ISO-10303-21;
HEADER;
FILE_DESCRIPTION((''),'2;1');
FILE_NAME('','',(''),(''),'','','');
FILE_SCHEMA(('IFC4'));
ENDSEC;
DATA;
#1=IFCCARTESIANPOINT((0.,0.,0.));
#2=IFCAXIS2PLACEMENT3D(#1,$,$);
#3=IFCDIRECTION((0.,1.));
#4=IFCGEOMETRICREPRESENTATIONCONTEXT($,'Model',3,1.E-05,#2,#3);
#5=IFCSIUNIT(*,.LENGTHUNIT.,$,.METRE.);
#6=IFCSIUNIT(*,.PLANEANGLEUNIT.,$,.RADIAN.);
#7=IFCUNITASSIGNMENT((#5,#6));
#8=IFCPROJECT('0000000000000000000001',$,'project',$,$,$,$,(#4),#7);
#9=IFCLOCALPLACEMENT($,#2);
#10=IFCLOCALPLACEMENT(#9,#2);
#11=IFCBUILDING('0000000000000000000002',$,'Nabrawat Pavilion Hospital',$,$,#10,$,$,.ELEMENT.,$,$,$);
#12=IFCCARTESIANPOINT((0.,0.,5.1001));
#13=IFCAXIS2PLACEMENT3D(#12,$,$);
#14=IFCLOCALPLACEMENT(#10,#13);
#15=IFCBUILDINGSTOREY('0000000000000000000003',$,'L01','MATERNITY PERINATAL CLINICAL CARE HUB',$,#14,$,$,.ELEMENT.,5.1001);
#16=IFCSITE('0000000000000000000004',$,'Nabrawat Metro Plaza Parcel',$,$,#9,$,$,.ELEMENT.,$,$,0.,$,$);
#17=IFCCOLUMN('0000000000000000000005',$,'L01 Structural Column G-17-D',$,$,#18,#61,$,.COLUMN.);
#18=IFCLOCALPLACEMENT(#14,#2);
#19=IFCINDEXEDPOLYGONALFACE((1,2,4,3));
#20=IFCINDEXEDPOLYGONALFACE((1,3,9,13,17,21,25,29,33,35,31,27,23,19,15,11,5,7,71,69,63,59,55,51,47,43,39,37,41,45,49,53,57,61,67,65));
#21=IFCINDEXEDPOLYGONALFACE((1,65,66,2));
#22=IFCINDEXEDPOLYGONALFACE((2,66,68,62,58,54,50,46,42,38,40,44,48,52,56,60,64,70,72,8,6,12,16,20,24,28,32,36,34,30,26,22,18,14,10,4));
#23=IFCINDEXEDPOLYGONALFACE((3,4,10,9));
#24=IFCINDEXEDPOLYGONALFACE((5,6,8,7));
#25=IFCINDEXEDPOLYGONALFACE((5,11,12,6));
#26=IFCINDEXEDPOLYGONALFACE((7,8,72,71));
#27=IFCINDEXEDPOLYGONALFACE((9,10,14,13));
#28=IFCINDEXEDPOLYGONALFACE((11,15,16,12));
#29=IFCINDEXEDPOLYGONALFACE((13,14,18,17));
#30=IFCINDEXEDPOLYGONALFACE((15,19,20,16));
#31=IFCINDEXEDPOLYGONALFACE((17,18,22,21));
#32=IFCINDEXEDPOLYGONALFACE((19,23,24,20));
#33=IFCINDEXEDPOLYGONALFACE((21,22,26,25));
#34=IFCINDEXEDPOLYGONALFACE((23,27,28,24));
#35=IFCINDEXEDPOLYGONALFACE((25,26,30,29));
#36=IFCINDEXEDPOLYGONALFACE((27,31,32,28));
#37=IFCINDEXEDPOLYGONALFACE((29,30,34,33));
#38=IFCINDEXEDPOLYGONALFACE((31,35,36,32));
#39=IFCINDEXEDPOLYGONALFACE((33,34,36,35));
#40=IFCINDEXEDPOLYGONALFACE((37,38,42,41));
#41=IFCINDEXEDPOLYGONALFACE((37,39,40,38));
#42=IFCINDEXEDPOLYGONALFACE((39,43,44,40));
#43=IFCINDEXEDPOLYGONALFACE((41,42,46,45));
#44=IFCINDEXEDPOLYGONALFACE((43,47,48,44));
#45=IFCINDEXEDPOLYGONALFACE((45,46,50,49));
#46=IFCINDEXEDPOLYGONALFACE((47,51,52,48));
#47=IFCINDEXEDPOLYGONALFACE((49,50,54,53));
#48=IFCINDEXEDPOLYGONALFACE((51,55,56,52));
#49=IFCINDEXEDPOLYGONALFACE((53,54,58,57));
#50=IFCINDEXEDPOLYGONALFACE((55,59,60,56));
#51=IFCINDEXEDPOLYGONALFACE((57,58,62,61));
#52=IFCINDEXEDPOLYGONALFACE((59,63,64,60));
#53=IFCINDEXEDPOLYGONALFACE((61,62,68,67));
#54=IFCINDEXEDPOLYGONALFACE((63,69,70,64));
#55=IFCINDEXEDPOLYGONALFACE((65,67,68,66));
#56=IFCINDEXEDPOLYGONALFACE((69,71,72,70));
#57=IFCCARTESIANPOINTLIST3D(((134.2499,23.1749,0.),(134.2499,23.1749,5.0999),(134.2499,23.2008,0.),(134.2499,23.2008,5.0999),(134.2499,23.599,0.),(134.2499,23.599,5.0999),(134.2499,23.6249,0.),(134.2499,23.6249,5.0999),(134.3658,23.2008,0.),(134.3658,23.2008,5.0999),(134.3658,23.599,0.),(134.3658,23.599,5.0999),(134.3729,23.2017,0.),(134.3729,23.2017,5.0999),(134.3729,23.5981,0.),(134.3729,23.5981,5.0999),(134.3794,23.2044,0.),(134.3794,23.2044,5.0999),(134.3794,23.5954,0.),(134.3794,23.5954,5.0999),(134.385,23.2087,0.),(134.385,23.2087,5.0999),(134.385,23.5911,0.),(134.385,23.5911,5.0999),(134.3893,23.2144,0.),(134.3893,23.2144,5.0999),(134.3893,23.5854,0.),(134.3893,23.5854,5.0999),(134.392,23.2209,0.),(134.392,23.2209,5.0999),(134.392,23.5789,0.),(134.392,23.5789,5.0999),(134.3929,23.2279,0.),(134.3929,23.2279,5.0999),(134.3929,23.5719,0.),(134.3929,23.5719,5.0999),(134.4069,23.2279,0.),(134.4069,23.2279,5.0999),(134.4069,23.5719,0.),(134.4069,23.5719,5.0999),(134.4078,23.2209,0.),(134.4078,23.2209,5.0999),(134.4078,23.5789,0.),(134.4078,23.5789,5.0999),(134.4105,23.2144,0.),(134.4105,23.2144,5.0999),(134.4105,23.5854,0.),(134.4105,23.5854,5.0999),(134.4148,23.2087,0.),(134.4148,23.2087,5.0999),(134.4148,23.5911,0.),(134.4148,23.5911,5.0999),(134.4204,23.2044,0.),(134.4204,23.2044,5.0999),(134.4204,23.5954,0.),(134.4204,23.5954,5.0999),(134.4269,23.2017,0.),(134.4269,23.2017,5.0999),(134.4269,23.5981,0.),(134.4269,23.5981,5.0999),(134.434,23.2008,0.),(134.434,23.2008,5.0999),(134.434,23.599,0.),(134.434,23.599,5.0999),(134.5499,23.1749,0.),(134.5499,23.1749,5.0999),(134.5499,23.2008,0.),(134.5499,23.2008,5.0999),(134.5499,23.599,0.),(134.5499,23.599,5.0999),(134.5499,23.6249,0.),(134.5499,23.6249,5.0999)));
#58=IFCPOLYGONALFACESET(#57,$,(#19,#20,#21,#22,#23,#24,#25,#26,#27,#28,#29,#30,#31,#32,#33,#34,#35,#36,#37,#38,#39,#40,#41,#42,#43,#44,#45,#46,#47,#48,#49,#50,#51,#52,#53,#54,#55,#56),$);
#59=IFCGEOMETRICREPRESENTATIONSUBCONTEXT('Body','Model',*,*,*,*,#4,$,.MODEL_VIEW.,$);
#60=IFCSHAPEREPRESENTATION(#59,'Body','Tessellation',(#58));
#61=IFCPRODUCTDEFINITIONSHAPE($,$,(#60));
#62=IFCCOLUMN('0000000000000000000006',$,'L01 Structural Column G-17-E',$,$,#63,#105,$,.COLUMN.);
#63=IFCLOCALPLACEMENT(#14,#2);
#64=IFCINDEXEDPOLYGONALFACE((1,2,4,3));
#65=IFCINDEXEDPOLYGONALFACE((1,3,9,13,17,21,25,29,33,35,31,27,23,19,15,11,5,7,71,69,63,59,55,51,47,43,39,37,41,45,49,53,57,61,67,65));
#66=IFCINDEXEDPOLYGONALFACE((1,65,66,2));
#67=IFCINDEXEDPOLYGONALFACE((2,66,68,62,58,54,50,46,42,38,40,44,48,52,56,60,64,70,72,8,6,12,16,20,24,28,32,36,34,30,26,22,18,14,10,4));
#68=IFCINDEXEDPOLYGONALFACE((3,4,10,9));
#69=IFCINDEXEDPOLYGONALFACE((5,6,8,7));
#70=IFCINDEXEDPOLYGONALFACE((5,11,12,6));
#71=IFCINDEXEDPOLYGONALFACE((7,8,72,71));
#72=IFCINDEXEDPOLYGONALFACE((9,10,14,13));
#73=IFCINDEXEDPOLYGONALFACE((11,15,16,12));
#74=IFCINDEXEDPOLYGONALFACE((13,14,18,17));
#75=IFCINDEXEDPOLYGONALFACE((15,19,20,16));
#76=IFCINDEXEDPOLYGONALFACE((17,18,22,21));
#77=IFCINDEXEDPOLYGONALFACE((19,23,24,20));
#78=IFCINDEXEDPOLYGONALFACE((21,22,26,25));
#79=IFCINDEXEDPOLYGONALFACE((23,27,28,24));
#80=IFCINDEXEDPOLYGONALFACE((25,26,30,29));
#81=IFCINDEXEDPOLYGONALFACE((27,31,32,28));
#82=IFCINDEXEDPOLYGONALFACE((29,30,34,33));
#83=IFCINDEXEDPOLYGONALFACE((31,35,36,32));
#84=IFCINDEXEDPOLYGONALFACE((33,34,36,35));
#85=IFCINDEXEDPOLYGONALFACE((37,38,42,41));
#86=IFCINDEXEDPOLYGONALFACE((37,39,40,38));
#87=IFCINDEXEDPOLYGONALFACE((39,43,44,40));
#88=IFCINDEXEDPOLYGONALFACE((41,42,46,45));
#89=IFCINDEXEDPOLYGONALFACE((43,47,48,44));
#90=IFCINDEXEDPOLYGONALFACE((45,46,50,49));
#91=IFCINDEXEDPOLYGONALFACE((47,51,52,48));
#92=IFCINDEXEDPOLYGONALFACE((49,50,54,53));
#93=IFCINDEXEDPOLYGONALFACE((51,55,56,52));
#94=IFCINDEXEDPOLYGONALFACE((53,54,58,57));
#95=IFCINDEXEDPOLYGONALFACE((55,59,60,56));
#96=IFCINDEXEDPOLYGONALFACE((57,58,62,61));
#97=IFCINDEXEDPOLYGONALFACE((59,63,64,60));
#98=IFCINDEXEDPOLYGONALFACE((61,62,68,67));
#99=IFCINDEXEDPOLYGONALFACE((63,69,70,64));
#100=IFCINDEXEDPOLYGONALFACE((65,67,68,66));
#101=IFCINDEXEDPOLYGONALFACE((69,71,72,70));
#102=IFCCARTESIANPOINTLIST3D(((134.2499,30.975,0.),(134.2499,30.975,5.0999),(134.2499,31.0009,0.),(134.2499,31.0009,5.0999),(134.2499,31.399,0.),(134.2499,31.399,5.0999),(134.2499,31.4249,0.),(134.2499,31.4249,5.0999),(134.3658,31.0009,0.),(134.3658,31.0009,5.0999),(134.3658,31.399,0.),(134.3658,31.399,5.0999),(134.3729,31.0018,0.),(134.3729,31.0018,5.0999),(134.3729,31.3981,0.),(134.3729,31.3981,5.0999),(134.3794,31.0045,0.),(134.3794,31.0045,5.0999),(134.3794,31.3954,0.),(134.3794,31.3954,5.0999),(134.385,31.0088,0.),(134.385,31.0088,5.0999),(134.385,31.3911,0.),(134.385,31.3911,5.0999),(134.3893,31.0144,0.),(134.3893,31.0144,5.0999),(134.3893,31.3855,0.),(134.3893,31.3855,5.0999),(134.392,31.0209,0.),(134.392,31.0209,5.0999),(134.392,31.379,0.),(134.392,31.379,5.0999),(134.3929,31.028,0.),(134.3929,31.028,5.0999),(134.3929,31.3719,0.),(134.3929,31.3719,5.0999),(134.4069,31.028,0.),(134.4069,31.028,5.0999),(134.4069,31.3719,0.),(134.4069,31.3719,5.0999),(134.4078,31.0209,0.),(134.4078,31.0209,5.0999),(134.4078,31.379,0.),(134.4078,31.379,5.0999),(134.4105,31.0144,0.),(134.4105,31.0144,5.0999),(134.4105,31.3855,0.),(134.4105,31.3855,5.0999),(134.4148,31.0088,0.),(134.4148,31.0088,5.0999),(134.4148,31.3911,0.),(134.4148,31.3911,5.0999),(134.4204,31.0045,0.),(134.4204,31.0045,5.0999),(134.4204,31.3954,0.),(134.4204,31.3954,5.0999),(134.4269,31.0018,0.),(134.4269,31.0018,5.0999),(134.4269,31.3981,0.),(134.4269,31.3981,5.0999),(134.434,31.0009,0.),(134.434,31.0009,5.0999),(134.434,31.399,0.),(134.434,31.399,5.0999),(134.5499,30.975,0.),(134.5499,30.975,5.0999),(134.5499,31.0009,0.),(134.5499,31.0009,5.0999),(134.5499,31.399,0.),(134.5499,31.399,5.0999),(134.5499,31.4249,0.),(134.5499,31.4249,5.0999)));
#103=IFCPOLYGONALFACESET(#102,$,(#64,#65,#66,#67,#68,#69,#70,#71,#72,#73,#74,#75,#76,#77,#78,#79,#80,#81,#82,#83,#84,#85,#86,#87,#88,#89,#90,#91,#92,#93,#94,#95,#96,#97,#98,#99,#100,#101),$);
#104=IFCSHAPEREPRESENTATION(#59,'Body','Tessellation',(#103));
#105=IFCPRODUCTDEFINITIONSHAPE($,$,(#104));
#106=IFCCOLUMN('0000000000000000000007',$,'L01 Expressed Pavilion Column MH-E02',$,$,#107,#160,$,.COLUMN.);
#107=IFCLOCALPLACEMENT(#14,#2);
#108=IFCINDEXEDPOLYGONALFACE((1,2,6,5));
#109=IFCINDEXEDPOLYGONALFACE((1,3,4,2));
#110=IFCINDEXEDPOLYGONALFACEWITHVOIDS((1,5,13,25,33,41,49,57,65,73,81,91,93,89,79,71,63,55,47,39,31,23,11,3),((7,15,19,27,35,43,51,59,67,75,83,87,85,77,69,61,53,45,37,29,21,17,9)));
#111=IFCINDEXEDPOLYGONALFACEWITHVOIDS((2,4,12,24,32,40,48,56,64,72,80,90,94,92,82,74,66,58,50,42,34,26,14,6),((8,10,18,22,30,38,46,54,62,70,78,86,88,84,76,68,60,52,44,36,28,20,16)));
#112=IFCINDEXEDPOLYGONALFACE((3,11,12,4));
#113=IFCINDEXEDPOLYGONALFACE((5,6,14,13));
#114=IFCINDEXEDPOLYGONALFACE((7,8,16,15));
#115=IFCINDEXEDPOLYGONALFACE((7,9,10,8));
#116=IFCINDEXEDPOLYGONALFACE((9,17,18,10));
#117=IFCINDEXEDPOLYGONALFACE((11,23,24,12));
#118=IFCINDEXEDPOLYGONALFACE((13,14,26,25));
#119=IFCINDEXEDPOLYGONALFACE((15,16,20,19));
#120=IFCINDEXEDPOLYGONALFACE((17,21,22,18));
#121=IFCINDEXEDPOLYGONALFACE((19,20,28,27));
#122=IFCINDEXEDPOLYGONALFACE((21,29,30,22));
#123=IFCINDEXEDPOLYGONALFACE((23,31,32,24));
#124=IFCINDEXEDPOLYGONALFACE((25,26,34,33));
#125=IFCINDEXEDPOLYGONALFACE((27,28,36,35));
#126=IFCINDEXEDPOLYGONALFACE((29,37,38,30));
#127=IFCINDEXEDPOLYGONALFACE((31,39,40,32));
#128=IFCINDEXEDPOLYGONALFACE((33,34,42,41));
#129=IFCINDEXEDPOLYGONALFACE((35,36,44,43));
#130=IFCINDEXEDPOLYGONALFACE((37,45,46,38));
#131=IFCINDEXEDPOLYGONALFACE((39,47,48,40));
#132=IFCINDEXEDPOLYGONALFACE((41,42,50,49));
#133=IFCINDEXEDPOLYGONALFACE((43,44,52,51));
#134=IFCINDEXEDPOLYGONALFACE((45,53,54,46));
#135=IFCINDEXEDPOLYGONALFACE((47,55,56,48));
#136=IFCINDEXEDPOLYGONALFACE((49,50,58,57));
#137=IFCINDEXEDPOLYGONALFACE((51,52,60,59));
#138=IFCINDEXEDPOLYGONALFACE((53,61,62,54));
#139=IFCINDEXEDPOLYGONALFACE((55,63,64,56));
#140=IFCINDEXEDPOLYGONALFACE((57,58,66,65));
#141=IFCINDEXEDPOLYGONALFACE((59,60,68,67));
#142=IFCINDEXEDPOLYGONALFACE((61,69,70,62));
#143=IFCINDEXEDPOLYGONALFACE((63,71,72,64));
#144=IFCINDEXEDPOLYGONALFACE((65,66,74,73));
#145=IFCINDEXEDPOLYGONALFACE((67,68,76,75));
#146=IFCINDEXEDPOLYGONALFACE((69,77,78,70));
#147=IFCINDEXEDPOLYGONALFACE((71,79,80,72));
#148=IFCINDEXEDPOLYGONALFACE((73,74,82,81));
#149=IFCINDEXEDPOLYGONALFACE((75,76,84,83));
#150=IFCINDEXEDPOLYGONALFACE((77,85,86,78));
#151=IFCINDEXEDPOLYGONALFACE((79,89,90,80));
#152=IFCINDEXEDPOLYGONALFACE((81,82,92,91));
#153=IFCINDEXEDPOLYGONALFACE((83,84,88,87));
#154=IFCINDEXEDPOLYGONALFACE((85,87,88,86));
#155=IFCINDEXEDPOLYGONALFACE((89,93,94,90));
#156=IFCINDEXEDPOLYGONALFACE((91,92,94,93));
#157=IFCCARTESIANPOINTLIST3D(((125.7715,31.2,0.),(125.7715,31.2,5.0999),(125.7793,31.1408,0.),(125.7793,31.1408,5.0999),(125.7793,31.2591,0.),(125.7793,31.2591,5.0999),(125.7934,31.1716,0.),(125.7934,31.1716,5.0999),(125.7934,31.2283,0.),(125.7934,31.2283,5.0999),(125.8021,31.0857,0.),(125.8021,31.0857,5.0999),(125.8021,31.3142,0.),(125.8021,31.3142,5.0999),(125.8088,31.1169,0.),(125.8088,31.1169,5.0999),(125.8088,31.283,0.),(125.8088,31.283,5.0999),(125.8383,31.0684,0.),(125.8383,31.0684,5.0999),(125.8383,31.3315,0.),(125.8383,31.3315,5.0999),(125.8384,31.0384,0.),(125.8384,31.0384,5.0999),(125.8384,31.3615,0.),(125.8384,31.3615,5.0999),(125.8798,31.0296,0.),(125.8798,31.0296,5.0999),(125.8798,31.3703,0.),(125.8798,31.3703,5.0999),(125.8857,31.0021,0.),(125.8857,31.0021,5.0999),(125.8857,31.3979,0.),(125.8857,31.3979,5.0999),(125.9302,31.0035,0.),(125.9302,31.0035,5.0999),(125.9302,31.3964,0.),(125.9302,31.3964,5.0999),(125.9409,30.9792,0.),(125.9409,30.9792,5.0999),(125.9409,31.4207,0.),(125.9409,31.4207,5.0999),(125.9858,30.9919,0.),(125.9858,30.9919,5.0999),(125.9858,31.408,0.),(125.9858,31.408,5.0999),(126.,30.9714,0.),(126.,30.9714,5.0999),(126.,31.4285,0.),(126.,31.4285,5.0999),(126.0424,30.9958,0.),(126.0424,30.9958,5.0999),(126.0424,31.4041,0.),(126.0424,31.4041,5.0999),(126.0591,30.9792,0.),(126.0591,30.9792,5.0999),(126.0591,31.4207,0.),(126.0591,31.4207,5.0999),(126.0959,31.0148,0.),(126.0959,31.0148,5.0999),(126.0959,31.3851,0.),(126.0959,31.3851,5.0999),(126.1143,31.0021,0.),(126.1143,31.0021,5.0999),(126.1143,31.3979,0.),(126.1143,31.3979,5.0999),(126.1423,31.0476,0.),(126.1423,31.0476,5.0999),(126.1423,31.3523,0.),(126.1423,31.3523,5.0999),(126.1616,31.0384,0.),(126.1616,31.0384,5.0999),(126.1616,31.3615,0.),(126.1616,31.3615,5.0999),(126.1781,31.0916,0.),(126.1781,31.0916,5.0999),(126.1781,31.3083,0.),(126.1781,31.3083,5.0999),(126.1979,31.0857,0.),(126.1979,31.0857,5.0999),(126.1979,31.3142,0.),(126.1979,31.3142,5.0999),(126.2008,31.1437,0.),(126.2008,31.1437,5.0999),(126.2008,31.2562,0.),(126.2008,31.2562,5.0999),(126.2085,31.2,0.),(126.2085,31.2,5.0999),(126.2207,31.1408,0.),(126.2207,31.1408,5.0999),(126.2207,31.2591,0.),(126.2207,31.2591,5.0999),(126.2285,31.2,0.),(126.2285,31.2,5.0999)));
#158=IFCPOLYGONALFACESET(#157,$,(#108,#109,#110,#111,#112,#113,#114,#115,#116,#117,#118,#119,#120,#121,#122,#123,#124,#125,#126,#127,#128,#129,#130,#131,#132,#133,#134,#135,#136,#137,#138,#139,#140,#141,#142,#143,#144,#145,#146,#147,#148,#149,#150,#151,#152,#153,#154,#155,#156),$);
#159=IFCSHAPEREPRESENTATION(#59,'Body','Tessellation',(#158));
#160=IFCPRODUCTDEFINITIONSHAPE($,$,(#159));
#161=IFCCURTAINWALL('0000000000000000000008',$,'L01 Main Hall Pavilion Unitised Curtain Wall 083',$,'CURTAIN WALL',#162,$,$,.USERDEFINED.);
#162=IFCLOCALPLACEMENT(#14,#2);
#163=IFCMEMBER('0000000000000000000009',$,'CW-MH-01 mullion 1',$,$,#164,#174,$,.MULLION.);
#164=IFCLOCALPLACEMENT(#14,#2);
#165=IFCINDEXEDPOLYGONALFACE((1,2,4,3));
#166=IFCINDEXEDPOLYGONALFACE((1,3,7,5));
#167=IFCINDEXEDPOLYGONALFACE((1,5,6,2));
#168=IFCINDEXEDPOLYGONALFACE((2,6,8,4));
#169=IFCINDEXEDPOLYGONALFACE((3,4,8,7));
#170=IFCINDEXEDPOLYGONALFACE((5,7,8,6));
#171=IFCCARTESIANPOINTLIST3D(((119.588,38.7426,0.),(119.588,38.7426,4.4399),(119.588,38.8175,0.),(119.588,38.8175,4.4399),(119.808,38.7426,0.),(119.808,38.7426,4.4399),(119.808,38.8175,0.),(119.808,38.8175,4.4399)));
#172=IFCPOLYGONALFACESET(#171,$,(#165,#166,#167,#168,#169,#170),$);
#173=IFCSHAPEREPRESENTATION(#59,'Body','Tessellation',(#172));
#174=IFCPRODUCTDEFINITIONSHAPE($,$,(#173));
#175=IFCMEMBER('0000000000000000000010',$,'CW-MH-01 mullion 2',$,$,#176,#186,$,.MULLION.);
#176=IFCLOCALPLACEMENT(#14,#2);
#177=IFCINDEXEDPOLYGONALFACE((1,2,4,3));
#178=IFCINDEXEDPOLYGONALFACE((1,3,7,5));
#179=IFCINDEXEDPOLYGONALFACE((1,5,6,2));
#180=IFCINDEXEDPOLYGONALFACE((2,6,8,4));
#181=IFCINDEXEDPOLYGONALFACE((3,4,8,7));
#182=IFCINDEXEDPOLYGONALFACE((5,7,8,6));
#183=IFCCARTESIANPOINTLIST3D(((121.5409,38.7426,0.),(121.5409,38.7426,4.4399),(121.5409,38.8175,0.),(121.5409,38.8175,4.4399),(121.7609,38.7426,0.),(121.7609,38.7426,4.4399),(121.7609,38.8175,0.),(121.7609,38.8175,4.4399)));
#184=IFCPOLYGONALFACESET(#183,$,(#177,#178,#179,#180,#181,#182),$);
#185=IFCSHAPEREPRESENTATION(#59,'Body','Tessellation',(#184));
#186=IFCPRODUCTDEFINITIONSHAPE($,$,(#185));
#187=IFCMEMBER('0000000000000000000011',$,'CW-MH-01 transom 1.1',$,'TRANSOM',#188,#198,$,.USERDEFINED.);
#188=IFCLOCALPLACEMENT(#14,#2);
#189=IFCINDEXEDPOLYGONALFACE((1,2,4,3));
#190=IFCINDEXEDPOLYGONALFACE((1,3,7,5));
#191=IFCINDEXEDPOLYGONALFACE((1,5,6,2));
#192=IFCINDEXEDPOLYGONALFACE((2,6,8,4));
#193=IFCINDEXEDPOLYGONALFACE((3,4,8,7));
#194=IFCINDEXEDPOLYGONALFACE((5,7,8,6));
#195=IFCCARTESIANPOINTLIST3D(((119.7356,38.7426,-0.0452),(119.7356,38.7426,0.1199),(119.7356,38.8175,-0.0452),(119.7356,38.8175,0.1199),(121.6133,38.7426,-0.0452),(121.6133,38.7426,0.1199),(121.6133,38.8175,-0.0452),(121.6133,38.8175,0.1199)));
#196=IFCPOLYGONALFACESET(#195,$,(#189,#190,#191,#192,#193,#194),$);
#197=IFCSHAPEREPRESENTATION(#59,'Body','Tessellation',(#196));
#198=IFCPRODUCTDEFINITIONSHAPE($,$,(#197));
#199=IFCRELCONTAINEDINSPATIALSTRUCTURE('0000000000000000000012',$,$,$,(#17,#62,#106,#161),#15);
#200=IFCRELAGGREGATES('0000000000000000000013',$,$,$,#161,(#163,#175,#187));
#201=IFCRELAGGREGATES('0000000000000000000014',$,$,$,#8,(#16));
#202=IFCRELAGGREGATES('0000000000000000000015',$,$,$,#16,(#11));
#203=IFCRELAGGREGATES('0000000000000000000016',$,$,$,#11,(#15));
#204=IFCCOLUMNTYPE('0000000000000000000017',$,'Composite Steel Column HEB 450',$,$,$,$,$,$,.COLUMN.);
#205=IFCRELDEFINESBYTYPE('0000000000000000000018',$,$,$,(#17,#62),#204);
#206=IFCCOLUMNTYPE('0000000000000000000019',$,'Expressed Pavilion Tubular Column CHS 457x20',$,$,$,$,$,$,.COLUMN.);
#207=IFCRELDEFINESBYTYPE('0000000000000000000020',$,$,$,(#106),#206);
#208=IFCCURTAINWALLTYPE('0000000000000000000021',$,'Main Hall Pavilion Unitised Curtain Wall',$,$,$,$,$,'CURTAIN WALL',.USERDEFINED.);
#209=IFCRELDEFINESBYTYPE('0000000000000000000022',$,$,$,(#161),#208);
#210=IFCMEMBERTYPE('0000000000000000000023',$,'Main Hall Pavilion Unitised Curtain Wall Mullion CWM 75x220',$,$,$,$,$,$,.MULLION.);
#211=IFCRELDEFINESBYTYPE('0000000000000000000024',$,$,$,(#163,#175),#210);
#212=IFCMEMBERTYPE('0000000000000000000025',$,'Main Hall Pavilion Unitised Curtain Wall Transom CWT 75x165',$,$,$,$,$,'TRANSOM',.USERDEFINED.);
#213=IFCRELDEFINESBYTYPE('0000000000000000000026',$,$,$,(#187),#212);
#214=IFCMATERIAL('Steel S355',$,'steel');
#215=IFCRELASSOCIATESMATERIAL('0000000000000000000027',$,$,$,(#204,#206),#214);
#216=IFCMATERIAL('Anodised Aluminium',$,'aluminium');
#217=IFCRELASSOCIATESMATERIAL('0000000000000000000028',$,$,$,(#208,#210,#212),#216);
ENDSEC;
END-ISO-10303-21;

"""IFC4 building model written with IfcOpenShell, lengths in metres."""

from ifc_helpers import new_model, si_unit, direction, frame, origin, origin_2d, place, context, subcontext, project, spatial, rectangle, hollow_circle, i_section, extrude, material, material_profile, profile_set, type_object, element, aggregate, save


model = new_model("IFC4")

# Units and contexts
model_context = context("Model", 3, precision=1e-05, world=origin(), true_north=direction((0.0, 1.0)))
body_context = subcontext(model_context, "Body", "Model", "MODEL_VIEW")
ifc_project = project(units=[si_unit("LENGTHUNIT", "METRE"), si_unit("PLANEANGLEUNIT", "RADIAN")], contexts=[model_context])

# Site, building, storey
site_placement = place(None, origin())
site = spatial("IfcSite", under=ifc_project, at=site_placement, Name="Nabrawat Metro Plaza Parcel", CompositionType="ELEMENT", RefElevation=0.0)
building_placement = place(site_placement, origin())
building = spatial("IfcBuilding", under=site, at=building_placement, Name="Nabrawat Pavilion Hospital", CompositionType="ELEMENT")
storey_placement = place(building_placement, frame((0.0, 0.0, 5.1001)))
storey = spatial("IfcBuildingStorey", under=building, at=storey_placement, Name="L01", Description="MATERNITY PERINATAL CLINICAL CARE HUB", CompositionType="ELEMENT", Elevation=5.1001)

# Columns
ifc_material_1 = material(Name="Steel S355", Category="steel")
ifc_material_profile_1 = material_profile(ifc_material_1, i_section(OverallWidth=0.3, OverallDepth=0.45, WebThickness=0.0139, FlangeThickness=0.0259, FilletRadius=0.0271, at=origin_2d()), Name="HEB 450")
ifc_profile_set_1 = profile_set([ifc_material_profile_1], Name="Steel S355")
column_type_1 = type_object("IfcColumnType", Name="Composite Steel Column HEB 450", PredefinedType="COLUMN", material=ifc_profile_set_1)
for number, where, z_axis, x_axis, name in (
    (1, (134.3999, 23.3999, 0.0), (0.0, 0.0, 1.0), (1.0, 0.0, 0.0), "L01 Structural Column G-17-D"),
    (2, (134.3999, 31.2, 0.0), (0.0, 0.0, 1.0), (1.0, 0.0, 0.0), "L01 Structural Column G-17-E"),
):
    element("IfcColumn", number, at=place(storey_placement, frame(where, z_axis=z_axis, x_axis=x_axis)), inside=storey, type_object=column_type_1, Name=name, PredefinedType="COLUMN", context=body_context, shape_type="SweptSolid", body=[
        extrude(i_section(OverallWidth=0.3, OverallDepth=0.45, WebThickness=0.0139, FlangeThickness=0.0259, FilletRadius=0.0271, at=origin_2d()), origin(), (0.0, 0.0, 1.0), 5.0999),
    ])
ifc_material_profile_2 = material_profile(ifc_material_1, hollow_circle(Radius=0.2285, WallThickness=0.02, at=origin_2d()), Name="CHS 457x20")
ifc_profile_set_2 = profile_set([ifc_material_profile_2], Name="Steel S355")
column_type_2 = type_object("IfcColumnType", Name="Expressed Pavilion Tubular Column CHS 457x20", PredefinedType="COLUMN", material=ifc_profile_set_2)
column_placement = place(storey_placement, frame((126.0, 31.2, 0.0), z_axis=(0.0, 0.0, 1.0), x_axis=(1.0, 0.0, 0.0)))
element("IfcColumn", 3, at=column_placement, inside=storey, type_object=column_type_2, Name="L01 Expressed Pavilion Column MH-E02", PredefinedType="COLUMN", context=body_context, shape_type="SweptSolid", body=[
    extrude(hollow_circle(Radius=0.2285, WallThickness=0.02, at=origin_2d()), origin(), (0.0, 0.0, 1.0), 5.0999),
])

# Curtain wall, members
ifc_material_2 = material(Name="Anodised Aluminium", Category="aluminium")
curtain_wall_type = type_object("IfcCurtainWallType", Name="Main Hall Pavilion Unitised Curtain Wall", ElementType="CURTAIN WALL", PredefinedType="USERDEFINED", material=ifc_material_2)
curtain_wall_placement = place(storey_placement, origin())
curtain_wall = element("IfcCurtainWall", 4, at=curtain_wall_placement, inside=storey, type_object=curtain_wall_type, Name="L01 Main Hall Pavilion Unitised Curtain Wall 083", ObjectType="CURTAIN WALL", PredefinedType="USERDEFINED")
ifc_material_profile_3 = material_profile(ifc_material_2, rectangle(XDim=0.075, YDim=0.22, at=origin_2d()), Name="CWM 75x220")
ifc_profile_set_3 = profile_set([ifc_material_profile_3], Name="Anodised Aluminium")
member_type_1 = type_object("IfcMemberType", Name="Main Hall Pavilion Unitised Curtain Wall Mullion CWM 75x220", PredefinedType="MULLION", material=ifc_profile_set_3)
member_1_placement = place(storey_placement, frame((119.698, 38.78, 0.0), z_axis=(0.0, 0.0, 1.0), x_axis=(0.0, 1.0, 0.0)))
member_1 = element("IfcMember", 5, at=member_1_placement, type_object=member_type_1, Name="CW-MH-01 mullion 1", PredefinedType="MULLION", context=body_context, shape_type="SweptSolid", body=[
    extrude(rectangle(XDim=0.075, YDim=0.22, at=origin_2d()), origin(), (0.0, 0.0, 1.0), 4.4399),
])
member_2_placement = place(storey_placement, frame((121.6509, 38.78, 0.0), z_axis=(0.0, 0.0, 1.0), x_axis=(0.0, 1.0, 0.0)))
member_2 = element("IfcMember", 6, at=member_2_placement, type_object=member_type_1, Name="CW-MH-01 mullion 2", PredefinedType="MULLION", context=body_context, shape_type="SweptSolid", body=[
    extrude(rectangle(XDim=0.075, YDim=0.22, at=origin_2d()), origin(), (0.0, 0.0, 1.0), 4.4399),
])
ifc_material_profile_4 = material_profile(ifc_material_2, rectangle(XDim=0.075, YDim=0.165, at=origin_2d()), Name="CWT 75x165")
ifc_profile_set_4 = profile_set([ifc_material_profile_4], Name="Anodised Aluminium")
member_type_2 = type_object("IfcMemberType", Name="Main Hall Pavilion Unitised Curtain Wall Transom CWT 75x165", ElementType="TRANSOM", PredefinedType="USERDEFINED", material=ifc_profile_set_4)
member_3_placement = place(storey_placement, frame((119.7356, 38.78, 0.0374), z_axis=(1.0, 0.0, 0.0), x_axis=(0.0, 1.0, 0.0)))
member_3 = element("IfcMember", 7, at=member_3_placement, type_object=member_type_2, Name="CW-MH-01 transom 1.1", ObjectType="TRANSOM", PredefinedType="USERDEFINED", context=body_context, shape_type="SweptSolid", body=[
    extrude(rectangle(XDim=0.075, YDim=0.165, at=origin_2d()), origin(), (0.0, 0.0, 1.0), 1.8777),
])

aggregate(curtain_wall, [member_1, member_2, member_3])

save(model, "model.ifc")
